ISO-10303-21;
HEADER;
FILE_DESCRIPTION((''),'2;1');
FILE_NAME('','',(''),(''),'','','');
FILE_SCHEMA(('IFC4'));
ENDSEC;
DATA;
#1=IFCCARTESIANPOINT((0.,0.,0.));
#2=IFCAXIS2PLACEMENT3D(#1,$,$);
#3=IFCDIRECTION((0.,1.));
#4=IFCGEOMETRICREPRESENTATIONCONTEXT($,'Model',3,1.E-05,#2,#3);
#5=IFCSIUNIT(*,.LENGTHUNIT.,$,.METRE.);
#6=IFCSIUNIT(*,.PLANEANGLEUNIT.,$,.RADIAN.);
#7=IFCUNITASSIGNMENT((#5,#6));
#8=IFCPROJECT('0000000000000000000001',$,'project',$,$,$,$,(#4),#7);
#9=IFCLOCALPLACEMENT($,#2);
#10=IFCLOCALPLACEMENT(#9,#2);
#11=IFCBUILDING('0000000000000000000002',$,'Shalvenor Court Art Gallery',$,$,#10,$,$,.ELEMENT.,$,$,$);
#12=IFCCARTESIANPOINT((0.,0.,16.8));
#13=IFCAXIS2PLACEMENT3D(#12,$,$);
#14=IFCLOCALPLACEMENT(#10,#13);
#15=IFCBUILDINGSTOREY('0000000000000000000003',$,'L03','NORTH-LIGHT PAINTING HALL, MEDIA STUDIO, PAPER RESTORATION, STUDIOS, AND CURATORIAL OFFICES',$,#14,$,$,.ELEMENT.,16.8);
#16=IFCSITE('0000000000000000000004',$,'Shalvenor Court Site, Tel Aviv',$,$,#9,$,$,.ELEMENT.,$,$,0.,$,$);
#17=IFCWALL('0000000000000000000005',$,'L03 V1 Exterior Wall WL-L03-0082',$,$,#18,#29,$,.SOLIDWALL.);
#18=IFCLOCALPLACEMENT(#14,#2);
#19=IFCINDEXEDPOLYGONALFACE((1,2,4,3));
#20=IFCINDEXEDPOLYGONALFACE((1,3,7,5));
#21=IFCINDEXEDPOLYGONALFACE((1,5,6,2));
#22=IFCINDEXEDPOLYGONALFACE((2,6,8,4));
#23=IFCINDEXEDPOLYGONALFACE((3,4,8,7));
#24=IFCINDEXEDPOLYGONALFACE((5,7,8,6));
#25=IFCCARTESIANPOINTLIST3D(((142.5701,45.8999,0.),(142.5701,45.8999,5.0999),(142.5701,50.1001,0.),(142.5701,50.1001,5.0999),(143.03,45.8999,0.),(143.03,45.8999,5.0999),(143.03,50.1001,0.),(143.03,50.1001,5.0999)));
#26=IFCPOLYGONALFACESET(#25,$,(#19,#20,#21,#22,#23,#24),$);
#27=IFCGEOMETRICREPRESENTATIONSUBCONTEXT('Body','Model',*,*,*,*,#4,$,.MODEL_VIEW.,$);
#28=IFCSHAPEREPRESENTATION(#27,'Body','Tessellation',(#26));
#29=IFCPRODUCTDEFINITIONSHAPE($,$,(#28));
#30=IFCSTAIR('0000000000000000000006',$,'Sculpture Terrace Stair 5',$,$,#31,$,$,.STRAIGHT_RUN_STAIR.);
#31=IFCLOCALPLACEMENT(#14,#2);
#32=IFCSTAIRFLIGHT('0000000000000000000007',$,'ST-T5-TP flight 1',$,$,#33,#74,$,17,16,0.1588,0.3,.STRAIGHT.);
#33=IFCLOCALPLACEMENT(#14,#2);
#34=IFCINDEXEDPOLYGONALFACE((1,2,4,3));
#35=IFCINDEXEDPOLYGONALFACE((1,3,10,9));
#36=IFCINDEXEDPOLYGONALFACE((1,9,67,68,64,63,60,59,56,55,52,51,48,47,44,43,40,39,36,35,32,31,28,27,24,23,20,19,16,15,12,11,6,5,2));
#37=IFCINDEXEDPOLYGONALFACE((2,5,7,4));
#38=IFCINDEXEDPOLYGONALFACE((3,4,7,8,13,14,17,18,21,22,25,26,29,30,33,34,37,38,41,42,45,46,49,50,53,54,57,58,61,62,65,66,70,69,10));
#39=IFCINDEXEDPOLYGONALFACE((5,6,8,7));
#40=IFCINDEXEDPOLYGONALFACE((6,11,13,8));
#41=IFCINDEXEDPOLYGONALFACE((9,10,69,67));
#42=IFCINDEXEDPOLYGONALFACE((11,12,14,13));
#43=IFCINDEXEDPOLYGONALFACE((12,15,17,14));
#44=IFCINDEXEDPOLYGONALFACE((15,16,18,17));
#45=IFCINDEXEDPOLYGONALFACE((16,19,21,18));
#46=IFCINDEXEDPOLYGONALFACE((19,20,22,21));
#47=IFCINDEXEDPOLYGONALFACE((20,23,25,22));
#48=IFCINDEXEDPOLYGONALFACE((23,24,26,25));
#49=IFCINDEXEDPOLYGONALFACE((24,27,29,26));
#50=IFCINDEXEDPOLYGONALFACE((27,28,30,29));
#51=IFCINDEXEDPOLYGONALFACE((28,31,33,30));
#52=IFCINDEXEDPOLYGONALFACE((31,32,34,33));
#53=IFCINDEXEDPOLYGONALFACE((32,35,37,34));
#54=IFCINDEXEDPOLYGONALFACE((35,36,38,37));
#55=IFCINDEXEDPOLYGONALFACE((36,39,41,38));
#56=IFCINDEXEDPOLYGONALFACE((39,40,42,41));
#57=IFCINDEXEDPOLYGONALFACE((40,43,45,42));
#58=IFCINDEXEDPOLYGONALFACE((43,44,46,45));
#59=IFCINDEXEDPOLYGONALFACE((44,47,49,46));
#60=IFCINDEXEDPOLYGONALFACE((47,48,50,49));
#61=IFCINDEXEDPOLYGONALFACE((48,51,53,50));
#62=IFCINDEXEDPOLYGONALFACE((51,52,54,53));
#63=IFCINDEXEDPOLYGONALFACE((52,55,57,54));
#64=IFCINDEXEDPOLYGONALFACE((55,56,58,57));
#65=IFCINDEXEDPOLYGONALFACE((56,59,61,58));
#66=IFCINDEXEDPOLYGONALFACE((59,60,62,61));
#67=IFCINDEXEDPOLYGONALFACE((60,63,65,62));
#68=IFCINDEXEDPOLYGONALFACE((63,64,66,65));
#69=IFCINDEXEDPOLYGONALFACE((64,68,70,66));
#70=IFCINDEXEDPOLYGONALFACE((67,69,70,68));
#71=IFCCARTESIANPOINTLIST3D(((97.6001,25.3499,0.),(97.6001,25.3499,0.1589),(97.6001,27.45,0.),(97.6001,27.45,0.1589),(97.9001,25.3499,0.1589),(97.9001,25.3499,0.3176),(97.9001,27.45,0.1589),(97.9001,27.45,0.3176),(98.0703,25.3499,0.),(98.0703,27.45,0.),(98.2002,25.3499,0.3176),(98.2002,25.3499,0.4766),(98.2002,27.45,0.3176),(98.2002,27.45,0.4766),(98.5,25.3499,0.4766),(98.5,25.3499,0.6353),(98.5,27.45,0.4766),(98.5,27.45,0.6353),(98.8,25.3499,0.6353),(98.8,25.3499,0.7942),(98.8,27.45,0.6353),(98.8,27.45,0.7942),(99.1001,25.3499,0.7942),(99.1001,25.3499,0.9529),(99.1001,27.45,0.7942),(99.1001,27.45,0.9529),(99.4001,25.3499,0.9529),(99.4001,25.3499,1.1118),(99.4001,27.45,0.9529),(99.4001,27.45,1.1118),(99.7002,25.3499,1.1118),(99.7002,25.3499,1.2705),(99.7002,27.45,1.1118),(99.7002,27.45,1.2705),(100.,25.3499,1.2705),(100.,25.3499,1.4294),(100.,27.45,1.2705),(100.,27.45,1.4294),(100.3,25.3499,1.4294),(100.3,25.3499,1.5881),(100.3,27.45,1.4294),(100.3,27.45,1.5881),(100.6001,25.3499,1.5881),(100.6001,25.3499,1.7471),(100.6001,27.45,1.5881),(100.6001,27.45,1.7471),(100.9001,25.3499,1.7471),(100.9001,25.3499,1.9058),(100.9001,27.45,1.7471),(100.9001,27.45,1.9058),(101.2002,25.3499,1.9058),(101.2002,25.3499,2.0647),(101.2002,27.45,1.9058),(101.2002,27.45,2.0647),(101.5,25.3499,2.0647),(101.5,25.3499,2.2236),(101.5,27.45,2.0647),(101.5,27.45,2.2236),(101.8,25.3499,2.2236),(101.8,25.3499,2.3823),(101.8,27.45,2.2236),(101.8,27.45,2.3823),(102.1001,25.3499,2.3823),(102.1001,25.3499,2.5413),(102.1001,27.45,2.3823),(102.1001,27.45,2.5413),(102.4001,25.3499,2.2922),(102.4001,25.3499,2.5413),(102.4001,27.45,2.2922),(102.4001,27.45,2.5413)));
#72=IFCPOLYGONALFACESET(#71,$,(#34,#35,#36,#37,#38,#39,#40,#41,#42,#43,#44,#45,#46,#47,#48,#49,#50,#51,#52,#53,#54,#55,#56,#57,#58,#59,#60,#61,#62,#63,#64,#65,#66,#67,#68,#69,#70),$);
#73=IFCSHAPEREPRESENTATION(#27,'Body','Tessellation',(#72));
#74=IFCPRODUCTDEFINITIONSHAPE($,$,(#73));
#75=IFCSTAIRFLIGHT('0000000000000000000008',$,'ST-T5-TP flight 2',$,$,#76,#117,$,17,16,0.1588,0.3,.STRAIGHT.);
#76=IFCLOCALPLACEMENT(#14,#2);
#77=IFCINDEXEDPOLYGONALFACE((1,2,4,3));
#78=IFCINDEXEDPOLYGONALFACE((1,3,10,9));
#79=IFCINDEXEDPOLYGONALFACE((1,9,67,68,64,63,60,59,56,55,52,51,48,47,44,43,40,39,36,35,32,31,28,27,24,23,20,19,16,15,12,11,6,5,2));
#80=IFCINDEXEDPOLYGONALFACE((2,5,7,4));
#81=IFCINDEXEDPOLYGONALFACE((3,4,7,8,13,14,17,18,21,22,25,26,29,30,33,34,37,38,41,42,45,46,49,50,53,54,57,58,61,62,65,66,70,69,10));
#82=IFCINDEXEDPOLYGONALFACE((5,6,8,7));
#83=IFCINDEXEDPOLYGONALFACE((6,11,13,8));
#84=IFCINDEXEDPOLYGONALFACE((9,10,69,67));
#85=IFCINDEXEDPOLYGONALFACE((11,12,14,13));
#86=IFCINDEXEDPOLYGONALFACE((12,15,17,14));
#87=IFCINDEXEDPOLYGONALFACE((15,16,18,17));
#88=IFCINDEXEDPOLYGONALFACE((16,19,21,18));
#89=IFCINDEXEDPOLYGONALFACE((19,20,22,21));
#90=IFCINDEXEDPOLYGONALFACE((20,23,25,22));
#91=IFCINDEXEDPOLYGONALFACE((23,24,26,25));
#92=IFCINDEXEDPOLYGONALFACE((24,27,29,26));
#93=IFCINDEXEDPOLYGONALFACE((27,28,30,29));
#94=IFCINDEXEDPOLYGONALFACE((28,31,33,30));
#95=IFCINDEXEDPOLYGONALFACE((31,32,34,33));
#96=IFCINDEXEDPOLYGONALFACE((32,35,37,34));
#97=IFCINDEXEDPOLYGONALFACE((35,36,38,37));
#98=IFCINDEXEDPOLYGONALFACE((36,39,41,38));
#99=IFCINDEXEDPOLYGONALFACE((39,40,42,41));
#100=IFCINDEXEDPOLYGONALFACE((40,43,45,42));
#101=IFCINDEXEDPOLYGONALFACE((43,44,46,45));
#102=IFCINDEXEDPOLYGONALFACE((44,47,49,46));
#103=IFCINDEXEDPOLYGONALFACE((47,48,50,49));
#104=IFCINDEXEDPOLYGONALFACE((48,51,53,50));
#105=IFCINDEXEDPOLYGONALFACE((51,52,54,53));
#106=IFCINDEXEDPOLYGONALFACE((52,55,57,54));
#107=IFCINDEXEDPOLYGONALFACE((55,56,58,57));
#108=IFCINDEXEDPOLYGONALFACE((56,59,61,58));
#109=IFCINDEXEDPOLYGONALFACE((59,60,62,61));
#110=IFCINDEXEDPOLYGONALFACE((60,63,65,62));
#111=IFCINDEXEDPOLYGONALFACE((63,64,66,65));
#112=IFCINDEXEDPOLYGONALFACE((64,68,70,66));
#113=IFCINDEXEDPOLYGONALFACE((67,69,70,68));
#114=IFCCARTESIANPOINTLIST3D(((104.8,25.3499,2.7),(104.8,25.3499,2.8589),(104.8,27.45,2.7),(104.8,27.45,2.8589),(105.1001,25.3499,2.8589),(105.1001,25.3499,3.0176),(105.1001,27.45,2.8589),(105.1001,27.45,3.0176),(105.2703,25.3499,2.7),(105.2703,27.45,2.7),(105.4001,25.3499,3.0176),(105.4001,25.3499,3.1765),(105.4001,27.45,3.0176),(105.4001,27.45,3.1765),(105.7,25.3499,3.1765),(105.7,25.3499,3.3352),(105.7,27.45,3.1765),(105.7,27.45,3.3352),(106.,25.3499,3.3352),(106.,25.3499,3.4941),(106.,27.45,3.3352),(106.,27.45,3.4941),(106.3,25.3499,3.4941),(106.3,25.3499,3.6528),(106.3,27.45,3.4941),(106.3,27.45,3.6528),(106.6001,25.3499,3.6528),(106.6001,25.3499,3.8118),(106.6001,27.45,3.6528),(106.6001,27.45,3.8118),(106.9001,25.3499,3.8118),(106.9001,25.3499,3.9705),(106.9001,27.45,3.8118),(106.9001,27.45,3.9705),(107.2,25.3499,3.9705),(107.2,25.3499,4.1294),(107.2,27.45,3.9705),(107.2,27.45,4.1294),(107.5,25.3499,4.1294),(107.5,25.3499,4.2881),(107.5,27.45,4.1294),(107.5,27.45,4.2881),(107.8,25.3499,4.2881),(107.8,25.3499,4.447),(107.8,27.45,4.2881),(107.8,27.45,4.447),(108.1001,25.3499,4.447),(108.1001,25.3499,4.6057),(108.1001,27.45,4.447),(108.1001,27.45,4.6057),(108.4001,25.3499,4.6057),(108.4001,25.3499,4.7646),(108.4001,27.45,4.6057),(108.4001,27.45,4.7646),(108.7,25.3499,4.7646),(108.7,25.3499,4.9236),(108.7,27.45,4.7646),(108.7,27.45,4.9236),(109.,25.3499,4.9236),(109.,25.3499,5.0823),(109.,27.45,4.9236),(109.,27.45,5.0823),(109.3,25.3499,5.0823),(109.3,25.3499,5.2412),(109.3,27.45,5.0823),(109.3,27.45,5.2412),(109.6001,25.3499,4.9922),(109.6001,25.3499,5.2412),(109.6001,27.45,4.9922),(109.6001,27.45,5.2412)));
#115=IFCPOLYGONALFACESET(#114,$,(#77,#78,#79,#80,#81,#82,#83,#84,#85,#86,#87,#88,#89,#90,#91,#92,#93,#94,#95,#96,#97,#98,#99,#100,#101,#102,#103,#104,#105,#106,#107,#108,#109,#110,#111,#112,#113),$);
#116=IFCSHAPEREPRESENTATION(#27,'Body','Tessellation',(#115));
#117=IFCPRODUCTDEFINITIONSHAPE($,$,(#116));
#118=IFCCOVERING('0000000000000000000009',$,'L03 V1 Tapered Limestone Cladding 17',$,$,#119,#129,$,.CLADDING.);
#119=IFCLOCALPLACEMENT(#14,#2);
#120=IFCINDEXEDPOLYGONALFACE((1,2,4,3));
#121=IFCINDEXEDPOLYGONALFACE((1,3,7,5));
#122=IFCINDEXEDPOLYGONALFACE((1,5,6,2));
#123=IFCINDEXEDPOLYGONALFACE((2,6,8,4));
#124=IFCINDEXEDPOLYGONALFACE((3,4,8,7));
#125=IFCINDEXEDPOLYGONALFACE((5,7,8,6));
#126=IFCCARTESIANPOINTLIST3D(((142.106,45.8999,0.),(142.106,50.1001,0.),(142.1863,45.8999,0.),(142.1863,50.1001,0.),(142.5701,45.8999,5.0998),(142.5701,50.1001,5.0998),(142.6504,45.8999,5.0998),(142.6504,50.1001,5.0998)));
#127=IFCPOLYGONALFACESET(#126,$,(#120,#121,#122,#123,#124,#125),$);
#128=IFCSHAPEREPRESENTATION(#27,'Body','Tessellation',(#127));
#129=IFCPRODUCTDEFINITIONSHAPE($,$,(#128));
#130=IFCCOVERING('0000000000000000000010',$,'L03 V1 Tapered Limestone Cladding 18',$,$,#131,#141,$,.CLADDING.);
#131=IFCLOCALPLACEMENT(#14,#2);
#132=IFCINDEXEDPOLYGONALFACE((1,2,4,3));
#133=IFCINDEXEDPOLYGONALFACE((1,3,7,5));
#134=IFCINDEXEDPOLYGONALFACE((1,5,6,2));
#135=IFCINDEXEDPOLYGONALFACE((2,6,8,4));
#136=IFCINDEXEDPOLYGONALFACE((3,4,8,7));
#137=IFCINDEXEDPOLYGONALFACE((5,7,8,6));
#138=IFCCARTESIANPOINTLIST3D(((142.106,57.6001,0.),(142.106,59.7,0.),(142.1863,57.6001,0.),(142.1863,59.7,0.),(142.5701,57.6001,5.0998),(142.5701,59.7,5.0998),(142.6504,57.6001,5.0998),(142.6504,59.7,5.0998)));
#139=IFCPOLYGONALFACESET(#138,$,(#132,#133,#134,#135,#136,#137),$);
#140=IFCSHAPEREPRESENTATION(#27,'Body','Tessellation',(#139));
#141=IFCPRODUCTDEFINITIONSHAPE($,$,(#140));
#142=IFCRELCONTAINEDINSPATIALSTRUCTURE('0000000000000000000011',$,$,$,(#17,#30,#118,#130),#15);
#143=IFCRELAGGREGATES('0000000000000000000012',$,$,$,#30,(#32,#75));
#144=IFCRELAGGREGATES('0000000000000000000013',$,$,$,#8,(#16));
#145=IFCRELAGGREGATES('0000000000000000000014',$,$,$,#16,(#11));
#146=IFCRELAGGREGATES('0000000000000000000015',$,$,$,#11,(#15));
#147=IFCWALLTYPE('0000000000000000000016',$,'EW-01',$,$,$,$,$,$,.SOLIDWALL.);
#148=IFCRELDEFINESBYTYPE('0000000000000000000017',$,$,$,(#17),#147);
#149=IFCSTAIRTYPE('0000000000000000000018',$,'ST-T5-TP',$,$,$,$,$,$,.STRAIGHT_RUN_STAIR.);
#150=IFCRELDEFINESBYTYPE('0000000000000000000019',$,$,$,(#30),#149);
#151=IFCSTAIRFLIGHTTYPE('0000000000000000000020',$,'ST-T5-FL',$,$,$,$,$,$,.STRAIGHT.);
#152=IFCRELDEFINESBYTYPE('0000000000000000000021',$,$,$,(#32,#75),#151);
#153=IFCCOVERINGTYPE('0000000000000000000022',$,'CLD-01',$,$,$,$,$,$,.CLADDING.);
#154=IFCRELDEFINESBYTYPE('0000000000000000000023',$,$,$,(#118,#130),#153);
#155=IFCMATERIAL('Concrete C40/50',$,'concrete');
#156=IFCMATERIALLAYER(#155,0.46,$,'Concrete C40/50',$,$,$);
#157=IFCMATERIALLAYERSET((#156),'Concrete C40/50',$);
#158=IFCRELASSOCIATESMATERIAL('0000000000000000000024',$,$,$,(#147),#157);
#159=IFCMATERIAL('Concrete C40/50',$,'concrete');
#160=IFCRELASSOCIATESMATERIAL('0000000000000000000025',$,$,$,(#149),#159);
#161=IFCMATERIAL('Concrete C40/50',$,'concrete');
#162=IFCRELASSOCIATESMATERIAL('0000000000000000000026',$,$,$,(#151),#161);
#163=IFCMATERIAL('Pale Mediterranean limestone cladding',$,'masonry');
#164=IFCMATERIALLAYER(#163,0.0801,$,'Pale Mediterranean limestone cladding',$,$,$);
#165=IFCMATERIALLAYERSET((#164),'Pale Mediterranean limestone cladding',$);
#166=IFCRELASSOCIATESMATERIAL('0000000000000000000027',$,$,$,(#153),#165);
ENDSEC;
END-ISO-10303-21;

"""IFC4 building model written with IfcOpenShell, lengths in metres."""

from ifc_helpers import new_model, si_unit, direction, frame, frame_2d, origin, place, context, subcontext, project, spatial, polyline, rectangle, outline, extrude, material, layer, layer_set, type_object, element, aggregate, save


model = new_model("IFC4")

# Units and contexts
model_context = context("Model", 3, precision=1e-05, world=origin(), true_north=direction((0.0, 1.0)))
body_context = subcontext(model_context, "Body", "Model", "MODEL_VIEW")
ifc_project = project(units=[si_unit("LENGTHUNIT", "METRE"), si_unit("PLANEANGLEUNIT", "RADIAN")], contexts=[model_context])

# Site, building, storey
site_placement = place(None, origin())
site = spatial("IfcSite", under=ifc_project, at=site_placement, Name="Shalvenor Court Site, Tel Aviv", CompositionType="ELEMENT", RefElevation=0.0)
building_placement = place(site_placement, origin())
building = spatial("IfcBuilding", under=site, at=building_placement, Name="Shalvenor Court Art Gallery", CompositionType="ELEMENT")
storey_placement = place(building_placement, frame((0.0, 0.0, 16.8)))
storey = spatial("IfcBuildingStorey", under=building, at=storey_placement, Name="L03", Description="NORTH-LIGHT PAINTING HALL, MEDIA STUDIO, PAPER RESTORATION, STUDIOS, AND CURATORIAL OFFICES", CompositionType="ELEMENT", Elevation=16.8)

# Wall
ifc_material_1 = material(Name="Concrete C40/50", Category="concrete")
ifc_layer_1 = layer(ifc_material_1, 0.46, Name="Concrete C40/50")
ifc_layer_set_1 = layer_set([ifc_layer_1], Name="Concrete C40/50")
wall_type_1 = type_object("IfcWallType", Name="EW-01", PredefinedType="SOLIDWALL", material=ifc_layer_set_1)
wall_1_placement = place(storey_placement, frame((142.8, 45.8999, 0.0), z_axis=(0.0, 0.0, 1.0), x_axis=(0.0, 1.0, 0.0)))
element("IfcWall", 1, at=wall_1_placement, inside=storey, type_object=wall_type_1, Name="L03 V1 Exterior Wall WL-L03-0082", PredefinedType="SOLIDWALL", context=body_context, shape_type="SweptSolid", body=[
    extrude(rectangle(XDim=4.2002, YDim=0.46, at=frame_2d((2.1001, 0.0))), origin(), (0.0, 0.0, 1.0), 5.0999),
])

# Stair, stair flights
ifc_material_2 = material(Name="Concrete C40/50", Category="concrete")
stair_type = type_object("IfcStairType", Name="ST-T5-TP", PredefinedType="STRAIGHT_RUN_STAIR", material=ifc_material_2)
stair_placement = place(storey_placement, origin())
stair = element("IfcStair", 2, at=stair_placement, inside=storey, type_object=stair_type, Name="Sculpture Terrace Stair 5", PredefinedType="STRAIGHT_RUN_STAIR")
ifc_material_3 = material(Name="Concrete C40/50", Category="concrete")
stair_flight_type = type_object("IfcStairFlightType", Name="ST-T5-FL", PredefinedType="STRAIGHT", material=ifc_material_3)
stair_flight_1_placement = place(storey_placement, frame((97.6001, 26.3999, 0.0), z_axis=(0.0, 0.0, 1.0), x_axis=(1.0, 0.0, 0.0)))
stair_flight_1 = element("IfcStairFlight", 3, at=stair_flight_1_placement, type_object=stair_flight_type, Name="ST-T5-TP flight 1", NumberOfRisers=17, NumberOfTreads=16, PredefinedType="STRAIGHT", RiserHeight=0.1588, TreadLength=0.3, context=body_context, shape_type="SweptSolid", body=[
    extrude(outline(polyline([(0.0, 0.0), (0.0, 0.1589), (0.3, 0.1589), (0.3, 0.3176), (0.6001, 0.3176), (0.6001, 0.4766), (0.8999, 0.4766), (0.8999, 0.6353), (1.2, 0.6353), (1.2, 0.7942), (1.5, 0.7942), (1.5, 0.9529), (1.8, 0.9529), (1.8, 1.1118), (2.1001, 1.1118), (2.1001, 1.2705), (2.3999, 1.2705), (2.3999, 1.4294), (2.7, 1.4294), (2.7, 1.5881), (3.0, 1.5881), (3.0, 1.7471), (3.3, 1.7471), (3.3, 1.9058), (3.6001, 1.9058), (3.6001, 2.0647), (3.8999, 2.0647), (3.8999, 2.2236), (4.2, 2.2236), (4.2, 2.3823), (4.5, 2.3823), (4.5, 2.5413), (4.8, 2.5413), (4.8, 2.7), (4.8, 2.2922), (0.4702, 0.0), (0.0, 0.0)])), frame((0.0, 1.05, 0.0), z_axis=(0.0, -1.0, 0.0), x_axis=(1.0, 0.0, 0.0)), (0.0, 0.0, 1.0), 2.1001),
])
stair_flight_2_placement = place(storey_placement, frame((104.8, 26.3999, 2.7), z_axis=(0.0, 0.0, 1.0), x_axis=(1.0, 0.0, 0.0)))
stair_flight_2 = element("IfcStairFlight", 4, at=stair_flight_2_placement, type_object=stair_flight_type, Name="ST-T5-TP flight 2", NumberOfRisers=17, NumberOfTreads=16, PredefinedType="STRAIGHT", RiserHeight=0.1588, TreadLength=0.3, context=body_context, shape_type="SweptSolid", body=[
    extrude(outline(polyline([(0.0, 0.0), (0.0, 0.1589), (0.3, 0.1589), (0.3, 0.3176), (0.6001, 0.3176), (0.6001, 0.4766), (0.8999, 0.4766), (0.8999, 0.6353), (1.2, 0.6353), (1.2, 0.7942), (1.5, 0.7942), (1.5, 0.9529), (1.8, 0.9529), (1.8, 1.1118), (2.1001, 1.1118), (2.1001, 1.2705), (2.3999, 1.2705), (2.3999, 1.4294), (2.7, 1.4294), (2.7, 1.5881), (3.0, 1.5881), (3.0, 1.7471), (3.3, 1.7471), (3.3, 1.9058), (3.6001, 1.9058), (3.6001, 2.0647), (3.8999, 2.0647), (3.8999, 2.2236), (4.2, 2.2236), (4.2, 2.3823), (4.5, 2.3823), (4.5, 2.5413), (4.8, 2.5413), (4.8, 2.7), (4.8, 2.2922), (0.4702, 0.0), (0.0, 0.0)])), frame((0.0, 1.05, 0.0), z_axis=(0.0, -1.0, 0.0), x_axis=(1.0, 0.0, 0.0)), (0.0, 0.0, 1.0), 2.1001),
])
aggregate(stair, [stair_flight_1, stair_flight_2])

# Coverings
ifc_material_4 = material(Name="Pale Mediterranean limestone cladding", Category="masonry")
ifc_layer_2 = layer(ifc_material_4, 0.0801, Name="Pale Mediterranean limestone cladding")
ifc_layer_set_2 = layer_set([ifc_layer_2], Name="Pale Mediterranean limestone cladding")
covering_type = type_object("IfcCoveringType", Name="CLD-01", PredefinedType="CLADDING", material=ifc_layer_set_2)
covering_1_placement = place(storey_placement, frame((142.106, 50.1001, 0.0), z_axis=(0.0, 0.0, 1.0), x_axis=(0.0, -1.0, 0.0)))
element("IfcCovering", 5, at=covering_1_placement, inside=storey, type_object=covering_type, Name="L03 V1 Tapered Limestone Cladding 17", PredefinedType="CLADDING", context=body_context, shape_type="SweptSolid", body=[
    extrude(outline(polyline([(0.0, 0.0), (4.2002, 0.0), (4.2002, 5.1208), (0.0, 5.1208), (0.0, 0.0)])), frame((0.0, 0.0, 0.0), z_axis=(0.0, -0.995884, 0.090633), x_axis=(1.0, 0.0, 0.0)), (0.0, 0.090633, -0.995884), 0.0803),
])
covering_2_placement = place(storey_placement, frame((142.106, 59.7, 0.0), z_axis=(0.0, 0.0, 1.0), x_axis=(0.0, -1.0, 0.0)))
element("IfcCovering", 6, at=covering_2_placement, inside=storey, type_object=covering_type, Name="L03 V1 Tapered Limestone Cladding 18", PredefinedType="CLADDING", context=body_context, shape_type="SweptSolid", body=[
    extrude(outline(polyline([(0.0, 0.0), (2.0999, 0.0), (2.0999, 5.1208), (0.0, 5.1208), (0.0, 0.0)])), frame((0.0, 0.0, 0.0), z_axis=(0.0, -0.995884, 0.090633), x_axis=(1.0, 0.0, 0.0)), (0.0, 0.090633, -0.995884), 0.0803),
])

save(model, "model.ifc")
